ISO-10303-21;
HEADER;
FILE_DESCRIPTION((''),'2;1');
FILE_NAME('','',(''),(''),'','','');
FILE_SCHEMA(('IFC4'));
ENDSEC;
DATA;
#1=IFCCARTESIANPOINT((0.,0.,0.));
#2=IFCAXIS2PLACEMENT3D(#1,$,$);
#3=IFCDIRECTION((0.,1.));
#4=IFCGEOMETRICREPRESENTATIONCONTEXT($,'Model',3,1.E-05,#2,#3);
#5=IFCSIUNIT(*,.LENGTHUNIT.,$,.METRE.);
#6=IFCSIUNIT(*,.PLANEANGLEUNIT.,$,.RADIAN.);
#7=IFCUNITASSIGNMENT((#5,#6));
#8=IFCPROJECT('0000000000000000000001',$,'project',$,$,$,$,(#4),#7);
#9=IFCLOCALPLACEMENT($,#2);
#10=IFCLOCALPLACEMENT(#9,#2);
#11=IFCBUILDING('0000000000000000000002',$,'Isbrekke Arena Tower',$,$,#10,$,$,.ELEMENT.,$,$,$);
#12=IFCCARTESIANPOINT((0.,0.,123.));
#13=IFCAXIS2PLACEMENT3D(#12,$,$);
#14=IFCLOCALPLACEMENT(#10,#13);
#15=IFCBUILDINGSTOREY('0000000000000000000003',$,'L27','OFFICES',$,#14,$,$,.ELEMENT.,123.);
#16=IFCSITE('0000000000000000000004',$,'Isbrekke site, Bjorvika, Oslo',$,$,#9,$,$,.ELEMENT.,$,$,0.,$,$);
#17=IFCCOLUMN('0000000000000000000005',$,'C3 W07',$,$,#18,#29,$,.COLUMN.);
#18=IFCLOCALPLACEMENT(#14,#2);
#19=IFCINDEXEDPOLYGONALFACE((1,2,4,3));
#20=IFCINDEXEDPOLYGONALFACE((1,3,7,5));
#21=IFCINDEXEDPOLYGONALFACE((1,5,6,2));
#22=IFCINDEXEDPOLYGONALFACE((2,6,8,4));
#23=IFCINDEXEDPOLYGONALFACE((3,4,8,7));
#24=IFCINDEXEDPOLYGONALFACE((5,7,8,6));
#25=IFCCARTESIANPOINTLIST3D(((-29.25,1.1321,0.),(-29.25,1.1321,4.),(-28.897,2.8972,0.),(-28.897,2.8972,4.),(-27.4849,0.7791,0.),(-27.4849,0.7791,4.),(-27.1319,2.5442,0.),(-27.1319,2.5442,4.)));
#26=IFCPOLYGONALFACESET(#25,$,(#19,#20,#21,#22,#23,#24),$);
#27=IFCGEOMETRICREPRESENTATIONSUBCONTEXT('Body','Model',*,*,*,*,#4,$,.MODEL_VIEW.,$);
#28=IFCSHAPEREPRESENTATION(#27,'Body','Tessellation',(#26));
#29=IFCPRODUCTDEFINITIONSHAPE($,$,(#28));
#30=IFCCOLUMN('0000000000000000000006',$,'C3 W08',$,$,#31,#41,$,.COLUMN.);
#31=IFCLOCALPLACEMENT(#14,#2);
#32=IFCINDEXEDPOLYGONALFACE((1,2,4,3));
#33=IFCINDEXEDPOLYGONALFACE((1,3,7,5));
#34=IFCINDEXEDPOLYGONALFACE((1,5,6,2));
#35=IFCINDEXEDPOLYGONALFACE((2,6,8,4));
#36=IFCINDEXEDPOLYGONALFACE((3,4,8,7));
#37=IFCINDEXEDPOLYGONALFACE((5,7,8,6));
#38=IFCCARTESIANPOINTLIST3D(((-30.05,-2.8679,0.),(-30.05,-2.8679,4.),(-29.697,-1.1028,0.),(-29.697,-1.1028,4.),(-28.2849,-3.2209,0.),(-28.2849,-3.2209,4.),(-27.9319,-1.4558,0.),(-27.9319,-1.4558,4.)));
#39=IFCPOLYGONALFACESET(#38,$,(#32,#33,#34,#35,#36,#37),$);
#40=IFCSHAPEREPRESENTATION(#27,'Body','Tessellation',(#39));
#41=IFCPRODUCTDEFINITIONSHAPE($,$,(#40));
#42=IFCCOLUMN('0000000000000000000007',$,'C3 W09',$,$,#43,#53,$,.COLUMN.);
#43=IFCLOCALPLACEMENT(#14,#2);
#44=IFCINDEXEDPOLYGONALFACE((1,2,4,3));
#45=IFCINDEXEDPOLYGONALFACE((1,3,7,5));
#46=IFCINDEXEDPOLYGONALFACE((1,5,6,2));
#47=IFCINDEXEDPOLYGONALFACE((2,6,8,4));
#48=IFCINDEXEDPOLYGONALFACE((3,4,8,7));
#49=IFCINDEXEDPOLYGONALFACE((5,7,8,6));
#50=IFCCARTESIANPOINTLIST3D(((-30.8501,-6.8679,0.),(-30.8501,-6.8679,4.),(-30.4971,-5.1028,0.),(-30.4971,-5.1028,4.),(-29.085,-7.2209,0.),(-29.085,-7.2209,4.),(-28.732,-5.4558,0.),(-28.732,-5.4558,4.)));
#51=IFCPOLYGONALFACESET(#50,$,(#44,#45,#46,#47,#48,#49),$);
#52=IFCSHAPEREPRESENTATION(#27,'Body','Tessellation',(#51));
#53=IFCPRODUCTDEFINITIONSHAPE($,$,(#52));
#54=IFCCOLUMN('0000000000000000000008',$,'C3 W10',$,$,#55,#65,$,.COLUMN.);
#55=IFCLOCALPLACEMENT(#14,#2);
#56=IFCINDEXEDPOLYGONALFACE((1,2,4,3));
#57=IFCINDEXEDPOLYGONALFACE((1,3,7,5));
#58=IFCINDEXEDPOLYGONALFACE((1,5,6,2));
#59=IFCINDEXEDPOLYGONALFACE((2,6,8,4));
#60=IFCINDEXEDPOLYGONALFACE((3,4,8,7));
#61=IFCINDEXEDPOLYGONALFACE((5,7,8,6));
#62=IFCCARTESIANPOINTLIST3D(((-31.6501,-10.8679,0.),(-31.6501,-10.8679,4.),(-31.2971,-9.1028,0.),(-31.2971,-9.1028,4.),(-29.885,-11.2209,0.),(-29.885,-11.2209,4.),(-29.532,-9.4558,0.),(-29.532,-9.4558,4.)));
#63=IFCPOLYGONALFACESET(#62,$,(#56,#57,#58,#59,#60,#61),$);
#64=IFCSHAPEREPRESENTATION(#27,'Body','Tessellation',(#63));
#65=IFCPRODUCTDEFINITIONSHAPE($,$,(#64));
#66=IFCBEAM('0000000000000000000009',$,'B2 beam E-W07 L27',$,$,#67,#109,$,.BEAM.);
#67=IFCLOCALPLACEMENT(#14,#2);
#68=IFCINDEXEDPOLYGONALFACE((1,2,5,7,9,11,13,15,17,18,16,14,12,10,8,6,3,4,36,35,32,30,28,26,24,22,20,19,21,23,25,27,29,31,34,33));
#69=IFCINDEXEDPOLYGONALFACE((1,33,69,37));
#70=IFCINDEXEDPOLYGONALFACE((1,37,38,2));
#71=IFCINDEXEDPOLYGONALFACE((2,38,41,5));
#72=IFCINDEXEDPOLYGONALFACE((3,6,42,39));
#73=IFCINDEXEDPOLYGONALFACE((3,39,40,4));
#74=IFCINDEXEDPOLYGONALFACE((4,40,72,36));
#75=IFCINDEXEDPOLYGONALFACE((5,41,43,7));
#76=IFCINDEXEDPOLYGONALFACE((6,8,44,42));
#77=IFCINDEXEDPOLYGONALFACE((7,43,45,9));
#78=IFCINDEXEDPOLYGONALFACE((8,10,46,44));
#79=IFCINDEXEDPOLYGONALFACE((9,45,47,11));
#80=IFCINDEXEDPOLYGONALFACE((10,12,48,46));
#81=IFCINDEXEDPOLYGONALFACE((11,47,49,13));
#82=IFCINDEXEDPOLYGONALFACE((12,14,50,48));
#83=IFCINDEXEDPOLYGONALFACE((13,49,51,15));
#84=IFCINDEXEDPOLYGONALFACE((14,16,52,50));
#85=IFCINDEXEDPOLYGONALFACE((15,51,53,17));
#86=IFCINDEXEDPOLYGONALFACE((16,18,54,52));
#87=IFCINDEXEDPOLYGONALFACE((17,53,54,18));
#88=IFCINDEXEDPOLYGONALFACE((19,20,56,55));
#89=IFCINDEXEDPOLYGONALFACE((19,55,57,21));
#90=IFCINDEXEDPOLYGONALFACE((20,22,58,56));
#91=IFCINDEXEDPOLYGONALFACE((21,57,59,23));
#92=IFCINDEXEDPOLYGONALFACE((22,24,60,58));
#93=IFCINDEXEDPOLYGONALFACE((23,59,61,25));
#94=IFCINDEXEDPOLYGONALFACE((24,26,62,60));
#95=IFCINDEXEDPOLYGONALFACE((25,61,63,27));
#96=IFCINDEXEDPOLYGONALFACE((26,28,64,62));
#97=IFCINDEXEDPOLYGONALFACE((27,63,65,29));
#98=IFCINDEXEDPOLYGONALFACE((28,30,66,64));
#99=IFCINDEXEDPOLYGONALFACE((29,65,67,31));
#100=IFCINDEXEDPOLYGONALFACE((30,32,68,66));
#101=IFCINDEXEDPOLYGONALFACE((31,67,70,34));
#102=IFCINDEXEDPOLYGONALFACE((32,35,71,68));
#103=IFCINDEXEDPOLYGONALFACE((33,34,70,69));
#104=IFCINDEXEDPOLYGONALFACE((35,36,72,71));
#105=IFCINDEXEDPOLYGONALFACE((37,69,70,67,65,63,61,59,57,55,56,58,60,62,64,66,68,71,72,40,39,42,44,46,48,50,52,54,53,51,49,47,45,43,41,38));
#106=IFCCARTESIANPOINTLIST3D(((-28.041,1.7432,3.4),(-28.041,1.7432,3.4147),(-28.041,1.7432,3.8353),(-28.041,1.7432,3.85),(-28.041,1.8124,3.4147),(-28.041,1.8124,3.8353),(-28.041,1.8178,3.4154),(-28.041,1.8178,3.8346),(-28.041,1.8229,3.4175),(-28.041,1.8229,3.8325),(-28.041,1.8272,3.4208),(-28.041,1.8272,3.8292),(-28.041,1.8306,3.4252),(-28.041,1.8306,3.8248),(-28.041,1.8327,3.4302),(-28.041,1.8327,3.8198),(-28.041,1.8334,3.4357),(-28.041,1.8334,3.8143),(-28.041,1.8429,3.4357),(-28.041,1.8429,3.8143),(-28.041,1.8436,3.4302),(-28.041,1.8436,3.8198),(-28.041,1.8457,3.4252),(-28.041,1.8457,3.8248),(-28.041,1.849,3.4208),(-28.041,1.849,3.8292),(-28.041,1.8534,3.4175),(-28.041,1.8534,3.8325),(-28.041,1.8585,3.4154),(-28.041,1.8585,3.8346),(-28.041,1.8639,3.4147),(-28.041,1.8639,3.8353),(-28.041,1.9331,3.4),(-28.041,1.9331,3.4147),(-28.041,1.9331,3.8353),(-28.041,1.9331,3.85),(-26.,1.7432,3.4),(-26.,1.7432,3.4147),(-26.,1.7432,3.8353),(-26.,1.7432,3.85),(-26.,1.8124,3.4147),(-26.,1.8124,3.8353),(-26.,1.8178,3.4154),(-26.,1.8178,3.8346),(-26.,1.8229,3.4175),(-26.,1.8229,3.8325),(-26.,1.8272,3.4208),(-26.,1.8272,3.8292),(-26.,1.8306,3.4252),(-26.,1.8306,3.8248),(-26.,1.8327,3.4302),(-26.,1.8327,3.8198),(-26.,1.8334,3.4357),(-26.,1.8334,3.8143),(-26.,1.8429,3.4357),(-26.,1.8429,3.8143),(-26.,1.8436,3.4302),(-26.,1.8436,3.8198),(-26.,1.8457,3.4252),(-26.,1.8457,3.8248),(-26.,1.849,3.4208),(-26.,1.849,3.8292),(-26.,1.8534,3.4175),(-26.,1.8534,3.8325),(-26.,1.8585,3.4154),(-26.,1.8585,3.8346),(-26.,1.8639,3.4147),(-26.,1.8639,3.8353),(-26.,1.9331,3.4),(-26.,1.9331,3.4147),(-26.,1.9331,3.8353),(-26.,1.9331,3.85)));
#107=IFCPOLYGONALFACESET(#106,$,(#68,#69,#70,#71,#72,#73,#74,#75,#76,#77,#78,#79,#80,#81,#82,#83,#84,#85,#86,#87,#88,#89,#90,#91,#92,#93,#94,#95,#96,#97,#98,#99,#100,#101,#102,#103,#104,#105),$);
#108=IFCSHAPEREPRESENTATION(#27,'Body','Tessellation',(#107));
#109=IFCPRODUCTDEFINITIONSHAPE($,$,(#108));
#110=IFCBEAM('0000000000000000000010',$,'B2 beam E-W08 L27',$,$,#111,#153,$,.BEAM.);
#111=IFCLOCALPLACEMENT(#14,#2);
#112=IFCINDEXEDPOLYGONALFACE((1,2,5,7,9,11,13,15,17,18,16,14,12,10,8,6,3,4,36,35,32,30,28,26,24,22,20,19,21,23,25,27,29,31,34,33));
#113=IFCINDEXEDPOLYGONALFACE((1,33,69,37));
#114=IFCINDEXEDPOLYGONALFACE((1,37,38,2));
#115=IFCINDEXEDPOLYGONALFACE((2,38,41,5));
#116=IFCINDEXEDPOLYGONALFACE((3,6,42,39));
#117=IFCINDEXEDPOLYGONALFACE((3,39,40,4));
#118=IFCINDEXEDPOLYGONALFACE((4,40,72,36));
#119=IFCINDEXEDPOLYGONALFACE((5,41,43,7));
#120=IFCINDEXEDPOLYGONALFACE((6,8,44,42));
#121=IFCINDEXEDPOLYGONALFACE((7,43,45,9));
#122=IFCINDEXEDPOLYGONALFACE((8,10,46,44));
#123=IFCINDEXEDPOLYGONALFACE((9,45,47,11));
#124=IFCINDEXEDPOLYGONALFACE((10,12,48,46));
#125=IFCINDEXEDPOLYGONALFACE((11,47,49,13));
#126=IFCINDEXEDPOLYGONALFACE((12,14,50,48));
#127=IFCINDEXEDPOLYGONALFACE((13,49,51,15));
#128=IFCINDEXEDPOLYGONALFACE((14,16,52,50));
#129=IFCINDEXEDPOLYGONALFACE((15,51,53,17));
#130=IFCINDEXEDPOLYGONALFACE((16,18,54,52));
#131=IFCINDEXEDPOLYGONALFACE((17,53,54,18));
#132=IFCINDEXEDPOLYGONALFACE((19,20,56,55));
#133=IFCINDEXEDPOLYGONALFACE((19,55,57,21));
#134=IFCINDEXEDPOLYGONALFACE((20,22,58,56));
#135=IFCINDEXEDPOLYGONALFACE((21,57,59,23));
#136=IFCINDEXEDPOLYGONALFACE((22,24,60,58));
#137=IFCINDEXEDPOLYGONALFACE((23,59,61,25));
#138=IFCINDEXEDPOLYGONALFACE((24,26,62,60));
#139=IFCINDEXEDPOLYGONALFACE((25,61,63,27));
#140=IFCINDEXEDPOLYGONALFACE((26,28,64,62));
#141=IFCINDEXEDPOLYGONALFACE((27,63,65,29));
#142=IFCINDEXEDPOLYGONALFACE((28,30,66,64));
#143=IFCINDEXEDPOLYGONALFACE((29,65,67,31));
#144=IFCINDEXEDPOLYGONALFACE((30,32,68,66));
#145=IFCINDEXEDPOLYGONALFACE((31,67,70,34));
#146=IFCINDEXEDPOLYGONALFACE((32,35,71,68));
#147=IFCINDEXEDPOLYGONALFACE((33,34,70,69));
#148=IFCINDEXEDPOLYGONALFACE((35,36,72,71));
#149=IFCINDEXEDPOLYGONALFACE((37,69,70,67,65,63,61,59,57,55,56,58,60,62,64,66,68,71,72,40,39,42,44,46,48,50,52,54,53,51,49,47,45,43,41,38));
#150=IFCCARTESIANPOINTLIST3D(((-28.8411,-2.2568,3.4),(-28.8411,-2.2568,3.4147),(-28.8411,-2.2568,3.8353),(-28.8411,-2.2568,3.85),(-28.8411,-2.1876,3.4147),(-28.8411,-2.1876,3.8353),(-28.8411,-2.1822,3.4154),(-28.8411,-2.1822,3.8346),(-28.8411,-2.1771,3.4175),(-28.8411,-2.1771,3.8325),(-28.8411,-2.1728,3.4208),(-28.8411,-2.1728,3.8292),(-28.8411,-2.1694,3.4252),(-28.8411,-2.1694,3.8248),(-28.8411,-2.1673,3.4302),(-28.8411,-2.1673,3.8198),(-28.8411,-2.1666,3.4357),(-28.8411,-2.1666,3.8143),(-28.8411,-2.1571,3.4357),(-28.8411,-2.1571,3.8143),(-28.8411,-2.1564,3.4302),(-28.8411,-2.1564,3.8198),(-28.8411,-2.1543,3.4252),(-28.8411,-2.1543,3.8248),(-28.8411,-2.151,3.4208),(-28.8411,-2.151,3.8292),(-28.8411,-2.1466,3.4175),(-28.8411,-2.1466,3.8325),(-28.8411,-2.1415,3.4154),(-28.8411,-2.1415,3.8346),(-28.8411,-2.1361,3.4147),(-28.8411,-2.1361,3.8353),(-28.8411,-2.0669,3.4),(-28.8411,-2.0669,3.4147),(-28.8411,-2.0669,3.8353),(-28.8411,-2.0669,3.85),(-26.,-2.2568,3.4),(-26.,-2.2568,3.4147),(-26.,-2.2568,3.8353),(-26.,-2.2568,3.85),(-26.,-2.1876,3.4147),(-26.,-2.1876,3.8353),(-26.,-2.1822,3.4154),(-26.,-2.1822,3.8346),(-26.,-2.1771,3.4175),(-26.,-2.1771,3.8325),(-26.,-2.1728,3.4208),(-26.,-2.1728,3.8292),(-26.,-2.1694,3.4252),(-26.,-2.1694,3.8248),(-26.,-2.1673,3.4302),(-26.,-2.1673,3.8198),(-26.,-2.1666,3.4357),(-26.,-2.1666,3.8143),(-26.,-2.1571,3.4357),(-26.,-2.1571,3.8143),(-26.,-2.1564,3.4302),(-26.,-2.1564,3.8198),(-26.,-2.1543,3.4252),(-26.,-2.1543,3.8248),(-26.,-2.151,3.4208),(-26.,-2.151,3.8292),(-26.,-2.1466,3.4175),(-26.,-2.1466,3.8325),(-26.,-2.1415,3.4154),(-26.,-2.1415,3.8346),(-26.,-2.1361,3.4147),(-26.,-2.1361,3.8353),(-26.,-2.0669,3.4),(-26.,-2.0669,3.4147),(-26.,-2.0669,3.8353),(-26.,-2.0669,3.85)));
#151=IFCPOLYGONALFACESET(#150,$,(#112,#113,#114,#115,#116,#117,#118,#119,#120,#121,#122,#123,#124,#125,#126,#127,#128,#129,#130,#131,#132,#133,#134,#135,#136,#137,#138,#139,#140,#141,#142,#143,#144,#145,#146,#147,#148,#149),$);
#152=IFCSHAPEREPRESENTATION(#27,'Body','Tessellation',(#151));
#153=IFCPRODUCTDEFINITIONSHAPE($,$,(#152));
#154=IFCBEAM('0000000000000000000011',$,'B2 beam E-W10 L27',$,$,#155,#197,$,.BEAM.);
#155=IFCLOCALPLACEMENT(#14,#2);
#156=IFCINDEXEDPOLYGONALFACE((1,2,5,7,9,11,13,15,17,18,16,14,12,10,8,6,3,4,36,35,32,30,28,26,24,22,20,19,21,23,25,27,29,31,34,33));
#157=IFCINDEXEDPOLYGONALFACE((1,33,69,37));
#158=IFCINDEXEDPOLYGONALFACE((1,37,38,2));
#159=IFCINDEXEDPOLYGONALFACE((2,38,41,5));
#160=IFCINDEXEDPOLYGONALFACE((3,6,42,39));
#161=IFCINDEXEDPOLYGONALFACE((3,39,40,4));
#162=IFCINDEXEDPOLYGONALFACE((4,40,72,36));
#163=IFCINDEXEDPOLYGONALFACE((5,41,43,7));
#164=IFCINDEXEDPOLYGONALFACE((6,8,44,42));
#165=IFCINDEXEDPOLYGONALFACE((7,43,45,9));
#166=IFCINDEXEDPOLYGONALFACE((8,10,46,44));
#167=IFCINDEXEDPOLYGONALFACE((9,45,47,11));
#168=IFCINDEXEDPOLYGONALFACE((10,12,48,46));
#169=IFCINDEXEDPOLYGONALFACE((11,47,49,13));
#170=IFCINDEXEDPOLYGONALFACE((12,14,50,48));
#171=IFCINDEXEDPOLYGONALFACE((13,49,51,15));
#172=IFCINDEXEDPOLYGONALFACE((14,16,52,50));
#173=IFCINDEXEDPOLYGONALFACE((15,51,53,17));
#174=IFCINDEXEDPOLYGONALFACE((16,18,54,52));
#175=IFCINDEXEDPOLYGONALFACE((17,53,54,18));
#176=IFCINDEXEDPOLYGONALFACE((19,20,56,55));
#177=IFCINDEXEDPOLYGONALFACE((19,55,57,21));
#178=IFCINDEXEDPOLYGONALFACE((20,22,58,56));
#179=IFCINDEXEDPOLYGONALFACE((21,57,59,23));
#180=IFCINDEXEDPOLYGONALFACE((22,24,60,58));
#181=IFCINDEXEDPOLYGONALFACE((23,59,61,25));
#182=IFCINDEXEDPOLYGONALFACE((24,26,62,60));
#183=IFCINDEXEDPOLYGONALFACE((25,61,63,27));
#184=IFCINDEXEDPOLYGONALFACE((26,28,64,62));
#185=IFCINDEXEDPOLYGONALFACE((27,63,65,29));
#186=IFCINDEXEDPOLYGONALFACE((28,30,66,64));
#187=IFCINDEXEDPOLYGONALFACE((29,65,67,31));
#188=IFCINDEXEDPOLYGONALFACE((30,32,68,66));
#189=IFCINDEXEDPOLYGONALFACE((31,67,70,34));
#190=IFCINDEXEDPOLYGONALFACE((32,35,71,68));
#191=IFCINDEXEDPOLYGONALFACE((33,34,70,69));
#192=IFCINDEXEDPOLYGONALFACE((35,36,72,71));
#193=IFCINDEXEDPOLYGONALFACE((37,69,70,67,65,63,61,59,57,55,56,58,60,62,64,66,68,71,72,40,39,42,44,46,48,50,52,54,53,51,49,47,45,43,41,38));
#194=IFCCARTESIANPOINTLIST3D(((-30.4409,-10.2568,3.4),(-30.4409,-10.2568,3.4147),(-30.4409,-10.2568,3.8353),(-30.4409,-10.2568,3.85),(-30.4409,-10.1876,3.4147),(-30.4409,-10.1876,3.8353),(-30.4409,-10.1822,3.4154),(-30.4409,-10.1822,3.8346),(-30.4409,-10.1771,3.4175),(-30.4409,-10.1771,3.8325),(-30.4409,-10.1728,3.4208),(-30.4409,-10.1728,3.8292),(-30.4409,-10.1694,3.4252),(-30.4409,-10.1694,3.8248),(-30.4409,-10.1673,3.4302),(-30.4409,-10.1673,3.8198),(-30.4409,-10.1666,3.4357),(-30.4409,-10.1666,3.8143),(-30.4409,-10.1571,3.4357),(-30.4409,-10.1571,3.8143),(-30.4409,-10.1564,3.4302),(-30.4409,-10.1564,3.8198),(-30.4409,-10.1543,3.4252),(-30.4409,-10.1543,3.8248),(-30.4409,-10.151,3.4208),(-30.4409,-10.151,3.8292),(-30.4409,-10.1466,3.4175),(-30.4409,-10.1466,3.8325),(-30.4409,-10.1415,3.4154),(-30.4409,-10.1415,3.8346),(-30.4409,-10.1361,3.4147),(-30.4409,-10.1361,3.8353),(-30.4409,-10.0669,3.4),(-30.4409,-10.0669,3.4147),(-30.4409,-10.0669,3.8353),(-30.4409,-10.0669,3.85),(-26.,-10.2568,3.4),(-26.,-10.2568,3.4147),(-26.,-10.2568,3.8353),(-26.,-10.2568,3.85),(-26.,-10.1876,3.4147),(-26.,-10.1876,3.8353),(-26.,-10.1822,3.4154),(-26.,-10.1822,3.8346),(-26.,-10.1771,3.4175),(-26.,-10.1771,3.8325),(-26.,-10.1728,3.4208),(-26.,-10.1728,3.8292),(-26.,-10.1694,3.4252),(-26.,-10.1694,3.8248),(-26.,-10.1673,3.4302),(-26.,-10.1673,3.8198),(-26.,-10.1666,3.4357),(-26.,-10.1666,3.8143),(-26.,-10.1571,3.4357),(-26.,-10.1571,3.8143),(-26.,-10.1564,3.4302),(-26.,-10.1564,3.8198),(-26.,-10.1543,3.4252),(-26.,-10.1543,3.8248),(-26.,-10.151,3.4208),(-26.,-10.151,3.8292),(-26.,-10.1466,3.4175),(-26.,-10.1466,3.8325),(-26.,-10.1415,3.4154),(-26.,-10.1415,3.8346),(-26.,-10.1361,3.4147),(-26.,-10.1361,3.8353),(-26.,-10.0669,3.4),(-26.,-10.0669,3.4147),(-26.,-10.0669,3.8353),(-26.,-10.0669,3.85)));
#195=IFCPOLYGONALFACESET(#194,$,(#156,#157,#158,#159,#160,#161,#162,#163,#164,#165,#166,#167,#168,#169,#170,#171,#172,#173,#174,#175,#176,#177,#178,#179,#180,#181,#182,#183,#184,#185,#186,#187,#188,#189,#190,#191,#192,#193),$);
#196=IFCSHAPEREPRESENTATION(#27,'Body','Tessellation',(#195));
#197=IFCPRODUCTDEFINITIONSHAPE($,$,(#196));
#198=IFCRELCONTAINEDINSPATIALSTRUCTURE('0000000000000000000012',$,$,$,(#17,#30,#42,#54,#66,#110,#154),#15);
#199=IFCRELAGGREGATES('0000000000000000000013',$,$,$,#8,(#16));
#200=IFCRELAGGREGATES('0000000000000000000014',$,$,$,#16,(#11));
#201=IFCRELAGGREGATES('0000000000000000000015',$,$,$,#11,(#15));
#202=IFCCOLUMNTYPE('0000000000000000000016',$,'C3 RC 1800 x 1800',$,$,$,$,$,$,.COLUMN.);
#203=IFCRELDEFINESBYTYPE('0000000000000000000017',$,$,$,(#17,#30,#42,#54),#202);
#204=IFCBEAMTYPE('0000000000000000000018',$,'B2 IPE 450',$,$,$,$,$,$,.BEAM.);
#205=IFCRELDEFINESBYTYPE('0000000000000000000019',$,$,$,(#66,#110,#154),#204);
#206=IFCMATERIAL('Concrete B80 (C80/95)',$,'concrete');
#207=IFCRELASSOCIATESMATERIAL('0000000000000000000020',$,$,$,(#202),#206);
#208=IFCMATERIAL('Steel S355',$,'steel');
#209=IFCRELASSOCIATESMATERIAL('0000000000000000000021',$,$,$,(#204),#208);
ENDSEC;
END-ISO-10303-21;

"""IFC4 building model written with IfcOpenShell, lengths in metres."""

from ifc_helpers import new_model, si_unit, direction, frame, origin, origin_2d, place, context, subcontext, project, spatial, rectangle, i_section, extrude, material, material_profile, profile_set, type_object, element, save


model = new_model("IFC4")

# Units and contexts
model_context = context("Model", 3, precision=1e-05, world=origin(), true_north=direction((0.0, 1.0)))
body_context = subcontext(model_context, "Body", "Model", "MODEL_VIEW")
ifc_project = project(units=[si_unit("LENGTHUNIT", "METRE"), si_unit("PLANEANGLEUNIT", "RADIAN")], contexts=[model_context])

# Site, building, storey
site_placement = place(None, origin())
site = spatial("IfcSite", under=ifc_project, at=site_placement, Name="Isbrekke site, Bjorvika, Oslo", CompositionType="ELEMENT", RefElevation=0.0)
building_placement = place(site_placement, origin())
building = spatial("IfcBuilding", under=site, at=building_placement, Name="Isbrekke Arena Tower", CompositionType="ELEMENT")
storey_placement = place(building_placement, frame((0.0, 0.0, 123.0)))
storey = spatial("IfcBuildingStorey", under=building, at=storey_placement, Name="L27", Description="OFFICES", CompositionType="ELEMENT", Elevation=123.0)

# Columns
ifc_material_1 = material(Name="Concrete B80 (C80/95)", Category="concrete")
ifc_material_profile_1 = material_profile(ifc_material_1, rectangle(XDim=1.8, YDim=1.8, at=origin_2d()), Name="RC 1800x1800")
ifc_profile_set_1 = profile_set([ifc_material_profile_1], Name="Concrete B80 (C80/95)")
column_type = type_object("IfcColumnType", Name="C3 RC 1800 x 1800", PredefinedType="COLUMN", material=ifc_profile_set_1)
for number, where, z_axis, x_axis, name in (
    (1, (-28.1909, 1.8381, 0.0), (0.0, 0.0, 1.0), (-0.196116, -0.980581, 0.0), "C3 W07"),
    (2, (-28.991, -2.1619, 0.0), (0.0, 0.0, 1.0), (-0.196116, -0.980581, 0.0), "C3 W08"),
    (3, (-29.791, -6.1619, 0.0), (0.0, 0.0, 1.0), (-0.196116, -0.980581, 0.0), "C3 W09"),
    (4, (-30.5911, -10.1619, 0.0), (0.0, 0.0, 1.0), (-0.196116, -0.980581, 0.0), "C3 W10"),
):
    element("IfcColumn", number, at=place(storey_placement, frame(where, z_axis=z_axis, x_axis=x_axis)), inside=storey, type_object=column_type, Name=name, PredefinedType="COLUMN", context=body_context, shape_type="SweptSolid", body=[
        extrude(rectangle(XDim=1.8, YDim=1.8, at=origin_2d()), origin(), (0.0, 0.0, 1.0), 4.0),
    ])

# Beams
ifc_material_2 = material(Name="Steel S355", Category="steel")
ifc_material_profile_2 = material_profile(ifc_material_2, i_section(OverallWidth=0.1899, OverallDepth=0.45, WebThickness=0.0095, FlangeThickness=0.0146, FilletRadius=0.021, at=origin_2d()), Name="IPE 450")
ifc_profile_set_2 = profile_set([ifc_material_profile_2], Name="Steel S355")
beam_type_1 = type_object("IfcBeamType", Name="B2 IPE 450", PredefinedType="BEAM", material=ifc_profile_set_2)
beam_1_placement = place(storey_placement, frame((-28.041, 1.8381, 3.625), z_axis=(1.0, 0.0, 0.0), x_axis=(0.0, 1.0, 0.0)))
element("IfcBeam", 5, at=beam_1_placement, inside=storey, type_object=beam_type_1, Name="B2 beam E-W07 L27", PredefinedType="BEAM", context=body_context, shape_type="SweptSolid", body=[
    extrude(i_section(OverallWidth=0.1899, OverallDepth=0.45, WebThickness=0.0095, FlangeThickness=0.0146, FilletRadius=0.021, at=origin_2d()), origin(), (0.0, 0.0, 1.0), 2.041),
])
beam_2_placement = place(storey_placement, frame((-28.8411, -2.1619, 3.625), z_axis=(1.0, 0.0, 0.0), x_axis=(0.0, 1.0, 0.0)))
element("IfcBeam", 6, at=beam_2_placement, inside=storey, type_object=beam_type_1, Name="B2 beam E-W08 L27", PredefinedType="BEAM", context=body_context, shape_type="SweptSolid", body=[
    extrude(i_section(OverallWidth=0.1899, OverallDepth=0.45, WebThickness=0.0095, FlangeThickness=0.0146, FilletRadius=0.021, at=origin_2d()), origin(), (0.0, 0.0, 1.0), 2.8411),
])
beam_3_placement = place(storey_placement, frame((-30.4409, -10.1619, 3.625), z_axis=(1.0, 0.0, 0.0), x_axis=(0.0, 1.0, 0.0)))
element("IfcBeam", 7, at=beam_3_placement, inside=storey, type_object=beam_type_1, Name="B2 beam E-W10 L27", PredefinedType="BEAM", context=body_context, shape_type="SweptSolid", body=[
    extrude(i_section(OverallWidth=0.1899, OverallDepth=0.45, WebThickness=0.0095, FlangeThickness=0.0146, FilletRadius=0.021, at=origin_2d()), origin(), (0.0, 0.0, 1.0), 4.4409),
])

save(model, "model.ifc")
